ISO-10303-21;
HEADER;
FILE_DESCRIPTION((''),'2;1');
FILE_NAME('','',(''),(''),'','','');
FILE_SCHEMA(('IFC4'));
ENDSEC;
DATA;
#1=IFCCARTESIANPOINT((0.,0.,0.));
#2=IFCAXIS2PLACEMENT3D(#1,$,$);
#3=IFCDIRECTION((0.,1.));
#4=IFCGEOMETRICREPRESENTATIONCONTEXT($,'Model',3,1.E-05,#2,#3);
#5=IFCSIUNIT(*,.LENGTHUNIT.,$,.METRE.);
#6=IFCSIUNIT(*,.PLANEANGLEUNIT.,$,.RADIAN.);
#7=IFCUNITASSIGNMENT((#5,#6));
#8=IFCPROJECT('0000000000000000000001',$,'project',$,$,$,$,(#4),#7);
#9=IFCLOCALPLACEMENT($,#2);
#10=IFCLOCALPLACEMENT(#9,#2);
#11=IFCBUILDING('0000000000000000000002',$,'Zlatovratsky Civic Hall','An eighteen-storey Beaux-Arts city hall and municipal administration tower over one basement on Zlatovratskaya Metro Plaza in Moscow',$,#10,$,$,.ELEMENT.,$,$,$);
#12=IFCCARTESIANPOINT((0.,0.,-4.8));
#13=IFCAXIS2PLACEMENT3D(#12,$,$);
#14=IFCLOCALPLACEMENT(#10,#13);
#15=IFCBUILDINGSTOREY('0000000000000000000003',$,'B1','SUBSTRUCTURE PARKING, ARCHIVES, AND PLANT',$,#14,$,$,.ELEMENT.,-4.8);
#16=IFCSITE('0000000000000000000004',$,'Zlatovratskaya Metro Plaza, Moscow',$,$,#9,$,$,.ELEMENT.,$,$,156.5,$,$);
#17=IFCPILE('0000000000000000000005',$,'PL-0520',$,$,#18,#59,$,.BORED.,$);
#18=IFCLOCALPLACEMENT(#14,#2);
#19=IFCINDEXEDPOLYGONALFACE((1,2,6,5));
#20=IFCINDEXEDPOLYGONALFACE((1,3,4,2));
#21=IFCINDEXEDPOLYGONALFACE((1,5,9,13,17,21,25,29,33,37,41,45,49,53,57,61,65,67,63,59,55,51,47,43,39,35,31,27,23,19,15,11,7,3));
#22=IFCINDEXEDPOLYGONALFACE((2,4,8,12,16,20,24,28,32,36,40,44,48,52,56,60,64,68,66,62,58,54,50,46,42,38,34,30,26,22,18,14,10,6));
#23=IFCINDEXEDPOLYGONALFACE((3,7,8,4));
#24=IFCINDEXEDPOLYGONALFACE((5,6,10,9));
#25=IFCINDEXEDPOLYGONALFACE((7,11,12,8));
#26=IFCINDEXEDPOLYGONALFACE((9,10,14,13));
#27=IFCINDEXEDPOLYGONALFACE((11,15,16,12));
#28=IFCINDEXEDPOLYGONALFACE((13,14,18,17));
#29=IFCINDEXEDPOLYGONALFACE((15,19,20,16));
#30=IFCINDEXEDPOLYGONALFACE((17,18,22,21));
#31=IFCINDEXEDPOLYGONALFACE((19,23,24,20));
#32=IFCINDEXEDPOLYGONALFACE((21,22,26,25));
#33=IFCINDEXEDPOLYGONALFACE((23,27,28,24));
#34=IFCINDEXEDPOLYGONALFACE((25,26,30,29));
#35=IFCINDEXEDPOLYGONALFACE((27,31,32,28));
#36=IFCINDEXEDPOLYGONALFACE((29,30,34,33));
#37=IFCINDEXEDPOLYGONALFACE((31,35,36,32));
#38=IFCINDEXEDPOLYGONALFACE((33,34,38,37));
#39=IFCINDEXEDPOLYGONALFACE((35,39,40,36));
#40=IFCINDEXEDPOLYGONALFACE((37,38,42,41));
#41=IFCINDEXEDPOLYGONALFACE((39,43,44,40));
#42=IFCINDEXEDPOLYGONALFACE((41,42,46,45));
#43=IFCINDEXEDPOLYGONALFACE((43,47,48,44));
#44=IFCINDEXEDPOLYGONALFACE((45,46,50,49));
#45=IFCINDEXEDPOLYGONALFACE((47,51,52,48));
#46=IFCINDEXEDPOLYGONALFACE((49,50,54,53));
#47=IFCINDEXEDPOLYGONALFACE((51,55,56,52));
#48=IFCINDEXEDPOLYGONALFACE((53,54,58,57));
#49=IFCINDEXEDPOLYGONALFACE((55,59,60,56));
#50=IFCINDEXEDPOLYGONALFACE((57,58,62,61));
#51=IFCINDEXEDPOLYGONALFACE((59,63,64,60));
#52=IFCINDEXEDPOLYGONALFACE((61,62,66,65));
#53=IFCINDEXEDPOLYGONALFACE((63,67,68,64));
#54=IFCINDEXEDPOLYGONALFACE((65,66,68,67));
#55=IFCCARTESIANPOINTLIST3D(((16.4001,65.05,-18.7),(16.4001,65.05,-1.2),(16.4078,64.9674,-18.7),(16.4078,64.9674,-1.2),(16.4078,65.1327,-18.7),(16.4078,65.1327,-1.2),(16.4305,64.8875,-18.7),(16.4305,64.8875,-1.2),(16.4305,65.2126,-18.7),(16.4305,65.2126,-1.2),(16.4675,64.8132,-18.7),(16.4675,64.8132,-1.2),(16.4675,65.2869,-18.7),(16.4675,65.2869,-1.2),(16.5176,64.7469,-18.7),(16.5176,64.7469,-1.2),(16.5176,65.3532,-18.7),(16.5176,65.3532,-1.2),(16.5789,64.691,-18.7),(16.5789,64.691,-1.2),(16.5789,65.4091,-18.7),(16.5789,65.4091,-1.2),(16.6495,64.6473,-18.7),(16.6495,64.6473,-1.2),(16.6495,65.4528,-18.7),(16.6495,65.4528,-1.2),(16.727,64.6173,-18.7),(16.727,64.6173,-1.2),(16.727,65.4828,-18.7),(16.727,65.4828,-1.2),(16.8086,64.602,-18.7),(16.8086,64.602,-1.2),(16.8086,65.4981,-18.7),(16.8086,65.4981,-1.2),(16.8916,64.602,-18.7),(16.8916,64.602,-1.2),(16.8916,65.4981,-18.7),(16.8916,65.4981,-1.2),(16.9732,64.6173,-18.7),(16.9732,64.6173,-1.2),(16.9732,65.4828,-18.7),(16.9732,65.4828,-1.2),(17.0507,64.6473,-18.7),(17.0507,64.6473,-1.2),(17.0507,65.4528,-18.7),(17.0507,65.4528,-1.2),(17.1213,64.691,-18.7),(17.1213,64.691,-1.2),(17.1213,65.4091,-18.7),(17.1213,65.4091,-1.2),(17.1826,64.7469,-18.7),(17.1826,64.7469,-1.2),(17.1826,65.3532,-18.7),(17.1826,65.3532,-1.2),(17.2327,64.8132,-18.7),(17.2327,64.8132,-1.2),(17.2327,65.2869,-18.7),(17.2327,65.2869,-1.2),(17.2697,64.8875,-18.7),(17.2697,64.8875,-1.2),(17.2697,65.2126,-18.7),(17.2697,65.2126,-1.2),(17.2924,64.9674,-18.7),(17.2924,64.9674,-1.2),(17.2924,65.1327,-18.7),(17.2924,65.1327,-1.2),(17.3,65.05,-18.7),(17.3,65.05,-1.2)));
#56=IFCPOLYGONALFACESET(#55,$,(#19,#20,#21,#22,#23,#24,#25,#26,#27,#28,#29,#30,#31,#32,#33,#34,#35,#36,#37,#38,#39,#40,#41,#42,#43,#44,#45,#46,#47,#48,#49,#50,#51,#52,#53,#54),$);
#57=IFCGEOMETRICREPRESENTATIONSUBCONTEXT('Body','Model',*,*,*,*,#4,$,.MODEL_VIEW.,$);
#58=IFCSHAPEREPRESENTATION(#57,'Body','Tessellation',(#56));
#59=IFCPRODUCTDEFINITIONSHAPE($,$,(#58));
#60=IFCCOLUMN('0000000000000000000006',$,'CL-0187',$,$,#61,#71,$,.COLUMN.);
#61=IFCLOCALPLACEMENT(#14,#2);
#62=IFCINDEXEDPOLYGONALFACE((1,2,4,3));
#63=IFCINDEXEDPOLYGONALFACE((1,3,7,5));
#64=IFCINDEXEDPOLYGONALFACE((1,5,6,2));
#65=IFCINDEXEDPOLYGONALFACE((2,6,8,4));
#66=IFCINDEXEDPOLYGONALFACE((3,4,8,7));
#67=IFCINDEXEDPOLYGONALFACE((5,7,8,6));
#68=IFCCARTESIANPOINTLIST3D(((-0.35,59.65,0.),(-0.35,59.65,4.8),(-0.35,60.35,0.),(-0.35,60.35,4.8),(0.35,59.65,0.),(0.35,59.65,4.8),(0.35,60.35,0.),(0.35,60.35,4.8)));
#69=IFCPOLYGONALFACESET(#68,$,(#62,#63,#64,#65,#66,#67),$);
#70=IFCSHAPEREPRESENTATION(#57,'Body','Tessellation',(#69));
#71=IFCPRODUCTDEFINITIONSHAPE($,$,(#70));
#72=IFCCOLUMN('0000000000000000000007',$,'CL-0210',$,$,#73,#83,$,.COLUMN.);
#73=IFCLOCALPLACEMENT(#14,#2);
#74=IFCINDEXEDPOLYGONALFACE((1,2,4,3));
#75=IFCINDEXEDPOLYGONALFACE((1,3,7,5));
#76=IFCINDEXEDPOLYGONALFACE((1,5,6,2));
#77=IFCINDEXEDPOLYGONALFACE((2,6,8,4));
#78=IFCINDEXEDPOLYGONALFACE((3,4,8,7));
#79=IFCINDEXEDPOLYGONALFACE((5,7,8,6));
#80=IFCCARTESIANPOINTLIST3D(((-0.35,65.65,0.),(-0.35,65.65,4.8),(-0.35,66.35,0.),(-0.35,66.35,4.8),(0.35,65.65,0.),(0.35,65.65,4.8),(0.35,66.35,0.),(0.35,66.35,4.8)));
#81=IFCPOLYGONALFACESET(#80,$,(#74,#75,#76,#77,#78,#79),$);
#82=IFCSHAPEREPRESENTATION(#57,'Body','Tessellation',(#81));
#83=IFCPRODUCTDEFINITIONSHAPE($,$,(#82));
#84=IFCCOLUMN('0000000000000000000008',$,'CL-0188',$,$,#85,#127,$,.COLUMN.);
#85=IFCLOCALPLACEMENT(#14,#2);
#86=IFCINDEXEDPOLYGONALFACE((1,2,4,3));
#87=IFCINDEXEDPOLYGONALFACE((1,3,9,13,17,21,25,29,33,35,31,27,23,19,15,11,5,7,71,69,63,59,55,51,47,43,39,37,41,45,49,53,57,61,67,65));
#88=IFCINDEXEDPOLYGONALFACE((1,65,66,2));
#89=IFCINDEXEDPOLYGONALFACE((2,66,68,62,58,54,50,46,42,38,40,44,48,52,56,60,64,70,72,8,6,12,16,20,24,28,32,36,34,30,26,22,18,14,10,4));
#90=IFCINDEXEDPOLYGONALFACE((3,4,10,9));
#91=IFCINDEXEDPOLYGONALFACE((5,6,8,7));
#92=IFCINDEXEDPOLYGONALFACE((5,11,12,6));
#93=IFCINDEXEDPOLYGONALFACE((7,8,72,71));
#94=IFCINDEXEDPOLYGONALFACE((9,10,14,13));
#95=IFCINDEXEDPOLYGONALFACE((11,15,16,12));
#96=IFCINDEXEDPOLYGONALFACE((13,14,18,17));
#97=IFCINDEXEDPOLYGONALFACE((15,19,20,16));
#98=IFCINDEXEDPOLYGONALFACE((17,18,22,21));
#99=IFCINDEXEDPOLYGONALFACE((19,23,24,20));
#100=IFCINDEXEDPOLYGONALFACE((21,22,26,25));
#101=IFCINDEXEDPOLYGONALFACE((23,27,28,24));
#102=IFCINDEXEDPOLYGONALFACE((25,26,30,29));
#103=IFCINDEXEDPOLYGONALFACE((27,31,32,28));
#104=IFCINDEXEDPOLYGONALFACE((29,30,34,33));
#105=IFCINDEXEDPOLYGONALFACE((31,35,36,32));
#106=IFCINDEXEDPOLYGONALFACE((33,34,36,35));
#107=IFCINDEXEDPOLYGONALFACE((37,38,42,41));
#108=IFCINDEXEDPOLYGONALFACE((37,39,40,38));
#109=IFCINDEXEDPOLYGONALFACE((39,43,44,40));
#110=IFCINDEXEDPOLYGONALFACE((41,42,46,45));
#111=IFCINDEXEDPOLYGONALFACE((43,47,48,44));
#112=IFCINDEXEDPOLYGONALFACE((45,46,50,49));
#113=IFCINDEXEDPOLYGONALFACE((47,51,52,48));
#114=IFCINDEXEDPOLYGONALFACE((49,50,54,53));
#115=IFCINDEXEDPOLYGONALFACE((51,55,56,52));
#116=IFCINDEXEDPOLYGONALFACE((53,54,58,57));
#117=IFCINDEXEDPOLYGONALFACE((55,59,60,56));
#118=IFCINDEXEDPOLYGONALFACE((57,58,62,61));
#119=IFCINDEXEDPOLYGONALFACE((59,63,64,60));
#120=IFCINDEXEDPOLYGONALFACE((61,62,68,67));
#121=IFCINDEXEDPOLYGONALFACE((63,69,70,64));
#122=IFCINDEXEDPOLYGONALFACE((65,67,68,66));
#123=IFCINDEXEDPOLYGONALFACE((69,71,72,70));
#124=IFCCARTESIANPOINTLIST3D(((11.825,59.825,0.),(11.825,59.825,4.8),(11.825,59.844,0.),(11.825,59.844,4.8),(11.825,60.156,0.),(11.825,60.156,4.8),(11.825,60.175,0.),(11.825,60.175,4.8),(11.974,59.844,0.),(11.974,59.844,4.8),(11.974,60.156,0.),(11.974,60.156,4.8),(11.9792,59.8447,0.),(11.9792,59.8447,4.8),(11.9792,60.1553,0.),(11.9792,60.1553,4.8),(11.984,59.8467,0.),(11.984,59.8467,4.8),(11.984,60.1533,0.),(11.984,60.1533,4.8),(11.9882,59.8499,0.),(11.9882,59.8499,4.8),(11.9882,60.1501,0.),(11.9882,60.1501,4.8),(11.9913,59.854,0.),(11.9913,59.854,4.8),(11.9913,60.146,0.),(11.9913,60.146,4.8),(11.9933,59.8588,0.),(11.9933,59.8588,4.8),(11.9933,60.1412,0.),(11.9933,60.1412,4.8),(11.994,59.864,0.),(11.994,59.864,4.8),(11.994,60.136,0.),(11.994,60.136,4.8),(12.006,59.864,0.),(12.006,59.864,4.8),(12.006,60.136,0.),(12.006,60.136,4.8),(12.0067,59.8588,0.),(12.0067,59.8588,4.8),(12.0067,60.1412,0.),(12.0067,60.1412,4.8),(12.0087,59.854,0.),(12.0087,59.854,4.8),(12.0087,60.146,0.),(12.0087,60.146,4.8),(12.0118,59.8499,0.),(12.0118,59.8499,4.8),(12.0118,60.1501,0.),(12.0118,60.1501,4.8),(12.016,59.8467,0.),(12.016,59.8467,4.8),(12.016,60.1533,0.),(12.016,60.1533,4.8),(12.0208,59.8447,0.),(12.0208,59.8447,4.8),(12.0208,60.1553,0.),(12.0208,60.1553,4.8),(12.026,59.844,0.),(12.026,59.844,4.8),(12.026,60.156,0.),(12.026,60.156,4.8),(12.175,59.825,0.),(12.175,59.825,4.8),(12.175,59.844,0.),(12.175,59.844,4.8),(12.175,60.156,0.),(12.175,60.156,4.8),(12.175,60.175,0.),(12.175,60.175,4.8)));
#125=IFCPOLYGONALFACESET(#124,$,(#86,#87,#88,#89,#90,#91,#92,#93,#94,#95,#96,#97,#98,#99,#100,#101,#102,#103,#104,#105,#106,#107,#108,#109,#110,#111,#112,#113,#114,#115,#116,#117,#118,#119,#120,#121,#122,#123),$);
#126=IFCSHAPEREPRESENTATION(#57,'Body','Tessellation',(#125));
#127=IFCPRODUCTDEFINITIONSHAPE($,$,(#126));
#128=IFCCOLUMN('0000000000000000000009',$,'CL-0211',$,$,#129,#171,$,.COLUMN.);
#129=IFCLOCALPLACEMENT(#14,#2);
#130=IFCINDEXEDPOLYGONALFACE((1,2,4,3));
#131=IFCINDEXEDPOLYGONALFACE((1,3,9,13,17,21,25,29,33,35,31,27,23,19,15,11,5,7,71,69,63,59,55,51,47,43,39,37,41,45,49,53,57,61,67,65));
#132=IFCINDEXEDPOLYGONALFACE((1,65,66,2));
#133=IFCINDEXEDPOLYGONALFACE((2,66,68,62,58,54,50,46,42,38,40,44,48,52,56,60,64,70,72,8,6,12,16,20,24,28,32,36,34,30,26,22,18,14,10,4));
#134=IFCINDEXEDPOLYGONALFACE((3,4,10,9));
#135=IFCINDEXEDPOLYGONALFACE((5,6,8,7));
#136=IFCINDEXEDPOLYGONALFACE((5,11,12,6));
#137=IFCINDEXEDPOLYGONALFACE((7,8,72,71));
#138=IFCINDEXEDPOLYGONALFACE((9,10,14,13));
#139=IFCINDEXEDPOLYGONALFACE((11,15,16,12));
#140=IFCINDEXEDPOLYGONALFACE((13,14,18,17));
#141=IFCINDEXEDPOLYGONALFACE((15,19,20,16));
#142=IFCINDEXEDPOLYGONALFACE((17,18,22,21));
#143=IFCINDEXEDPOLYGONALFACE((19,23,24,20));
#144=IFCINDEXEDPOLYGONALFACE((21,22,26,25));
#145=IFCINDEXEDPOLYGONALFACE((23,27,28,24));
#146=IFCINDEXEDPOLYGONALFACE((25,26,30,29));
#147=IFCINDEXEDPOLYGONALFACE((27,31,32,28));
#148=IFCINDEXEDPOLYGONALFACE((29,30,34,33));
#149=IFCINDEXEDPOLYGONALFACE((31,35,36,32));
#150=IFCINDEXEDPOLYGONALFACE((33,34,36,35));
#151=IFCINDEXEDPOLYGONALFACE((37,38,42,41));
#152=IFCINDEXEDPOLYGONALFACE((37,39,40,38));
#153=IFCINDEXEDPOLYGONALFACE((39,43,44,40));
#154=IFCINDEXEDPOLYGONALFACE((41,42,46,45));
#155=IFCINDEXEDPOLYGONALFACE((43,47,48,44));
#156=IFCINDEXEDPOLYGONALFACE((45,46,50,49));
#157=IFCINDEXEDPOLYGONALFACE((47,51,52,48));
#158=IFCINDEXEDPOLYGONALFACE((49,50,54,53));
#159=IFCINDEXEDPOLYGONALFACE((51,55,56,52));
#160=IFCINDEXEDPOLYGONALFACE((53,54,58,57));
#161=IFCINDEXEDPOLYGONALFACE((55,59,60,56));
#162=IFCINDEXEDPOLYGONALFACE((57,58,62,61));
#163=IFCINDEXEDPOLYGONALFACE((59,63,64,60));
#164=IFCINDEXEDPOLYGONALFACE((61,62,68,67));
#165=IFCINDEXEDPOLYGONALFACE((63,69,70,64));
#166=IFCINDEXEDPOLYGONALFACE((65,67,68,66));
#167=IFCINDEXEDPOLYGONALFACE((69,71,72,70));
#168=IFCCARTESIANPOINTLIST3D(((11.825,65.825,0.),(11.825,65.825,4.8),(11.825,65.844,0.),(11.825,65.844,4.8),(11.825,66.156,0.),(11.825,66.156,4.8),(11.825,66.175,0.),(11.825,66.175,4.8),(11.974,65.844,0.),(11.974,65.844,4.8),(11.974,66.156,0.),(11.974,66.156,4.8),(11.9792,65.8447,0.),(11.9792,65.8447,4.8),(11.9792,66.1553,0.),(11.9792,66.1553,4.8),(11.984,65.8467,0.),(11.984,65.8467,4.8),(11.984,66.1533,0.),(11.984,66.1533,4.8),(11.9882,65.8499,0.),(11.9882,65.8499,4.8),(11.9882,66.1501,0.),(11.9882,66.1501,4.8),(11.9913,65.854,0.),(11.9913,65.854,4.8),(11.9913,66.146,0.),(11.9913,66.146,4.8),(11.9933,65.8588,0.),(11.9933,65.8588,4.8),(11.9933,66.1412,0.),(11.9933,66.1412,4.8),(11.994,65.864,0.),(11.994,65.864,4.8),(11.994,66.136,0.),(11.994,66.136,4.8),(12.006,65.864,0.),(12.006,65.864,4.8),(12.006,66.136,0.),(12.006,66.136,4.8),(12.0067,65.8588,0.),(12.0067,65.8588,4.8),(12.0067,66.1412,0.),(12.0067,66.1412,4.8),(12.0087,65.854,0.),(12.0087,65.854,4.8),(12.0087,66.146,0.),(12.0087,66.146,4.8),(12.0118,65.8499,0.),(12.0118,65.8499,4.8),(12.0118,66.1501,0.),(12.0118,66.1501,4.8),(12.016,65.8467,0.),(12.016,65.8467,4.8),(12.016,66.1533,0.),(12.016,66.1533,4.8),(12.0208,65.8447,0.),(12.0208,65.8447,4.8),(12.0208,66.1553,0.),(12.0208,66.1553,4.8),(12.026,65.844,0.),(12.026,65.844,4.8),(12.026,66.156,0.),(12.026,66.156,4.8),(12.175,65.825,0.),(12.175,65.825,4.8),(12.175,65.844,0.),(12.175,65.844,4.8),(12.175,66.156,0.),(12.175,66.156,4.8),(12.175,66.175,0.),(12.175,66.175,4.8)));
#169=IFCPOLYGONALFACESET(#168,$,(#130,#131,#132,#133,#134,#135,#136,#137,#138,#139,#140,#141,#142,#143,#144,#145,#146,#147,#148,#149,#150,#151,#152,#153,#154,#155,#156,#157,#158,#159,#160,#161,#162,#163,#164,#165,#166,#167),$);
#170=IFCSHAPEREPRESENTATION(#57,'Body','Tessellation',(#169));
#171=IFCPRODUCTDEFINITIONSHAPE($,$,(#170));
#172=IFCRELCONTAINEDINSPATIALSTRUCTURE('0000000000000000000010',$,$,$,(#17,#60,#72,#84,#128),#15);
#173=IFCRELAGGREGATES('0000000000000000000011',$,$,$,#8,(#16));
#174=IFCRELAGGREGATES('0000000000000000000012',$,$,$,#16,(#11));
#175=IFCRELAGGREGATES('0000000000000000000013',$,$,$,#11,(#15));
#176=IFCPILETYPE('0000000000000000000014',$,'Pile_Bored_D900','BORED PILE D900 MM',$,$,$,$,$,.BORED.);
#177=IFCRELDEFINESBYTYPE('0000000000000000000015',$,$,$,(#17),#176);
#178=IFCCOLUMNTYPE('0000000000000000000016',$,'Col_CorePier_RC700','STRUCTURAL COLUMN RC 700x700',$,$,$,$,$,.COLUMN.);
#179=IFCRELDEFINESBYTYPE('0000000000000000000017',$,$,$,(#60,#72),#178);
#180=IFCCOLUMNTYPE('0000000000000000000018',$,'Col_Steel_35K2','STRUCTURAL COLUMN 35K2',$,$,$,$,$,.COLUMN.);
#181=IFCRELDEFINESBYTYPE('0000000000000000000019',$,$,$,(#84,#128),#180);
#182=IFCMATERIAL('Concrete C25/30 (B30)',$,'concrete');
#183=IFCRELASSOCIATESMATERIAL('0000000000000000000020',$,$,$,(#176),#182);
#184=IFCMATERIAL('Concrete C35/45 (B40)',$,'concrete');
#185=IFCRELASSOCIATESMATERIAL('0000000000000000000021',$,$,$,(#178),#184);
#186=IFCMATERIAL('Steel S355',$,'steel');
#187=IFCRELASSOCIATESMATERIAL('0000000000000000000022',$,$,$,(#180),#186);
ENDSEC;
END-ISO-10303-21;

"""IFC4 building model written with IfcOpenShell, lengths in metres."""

from ifc_helpers import new_model, si_unit, direction, frame, origin, origin_2d, place, context, subcontext, project, spatial, rectangle, circle, i_section, extrude, material, material_profile, profile_set, type_object, element, save


model = new_model("IFC4")

# Units and contexts
model_context = context("Model", 3, precision=1e-05, world=origin(), true_north=direction((0.0, 1.0)))
body_context = subcontext(model_context, "Body", "Model", "MODEL_VIEW")
ifc_project = project(units=[si_unit("LENGTHUNIT", "METRE"), si_unit("PLANEANGLEUNIT", "RADIAN")], contexts=[model_context])

# Site, building, storey
site_placement = place(None, origin())
site = spatial("IfcSite", under=ifc_project, at=site_placement, Name="Zlatovratskaya Metro Plaza, Moscow", CompositionType="ELEMENT", RefElevation=156.5)
building_placement = place(site_placement, origin())
building = spatial("IfcBuilding", under=site, at=building_placement, Name="Zlatovratsky Civic Hall", Description="An eighteen-storey Beaux-Arts city hall and municipal administration tower over one basement on Zlatovratskaya Metro Plaza in Moscow", CompositionType="ELEMENT")
storey_placement = place(building_placement, frame((0.0, 0.0, -4.8)))
storey = spatial("IfcBuildingStorey", under=building, at=storey_placement, Name="B1", Description="SUBSTRUCTURE PARKING, ARCHIVES, AND PLANT", CompositionType="ELEMENT", Elevation=-4.8)

# Shared definitions
ifc_material_1 = material(Name="Concrete C25/30 (B30)", Category="concrete")

# Pile
ifc_material_profile_1 = material_profile(ifc_material_1, circle(Radius=0.45, at=origin_2d()), Name="PILE D900")
ifc_profile_set_1 = profile_set([ifc_material_profile_1], Name="Concrete C25/30 (B30)")
pile_type_1 = type_object("IfcPileType", Name="Pile_Bored_D900", Description="BORED PILE D900 MM", PredefinedType="BORED", material=ifc_profile_set_1)
for number, where, z_axis, x_axis, name in (
    (1, (16.8501, 65.05, -1.2), (0.0, 0.0, -1.0), (1.0, 0.0, 0.0), "PL-0520"),
):
    element("IfcPile", number, at=place(storey_placement, frame(where, z_axis=z_axis, x_axis=x_axis)), inside=storey, type_object=pile_type_1, Name=name, PredefinedType="BORED", context=body_context, shape_type="SweptSolid", body=[
        extrude(circle(Radius=0.45, at=origin_2d()), origin(), (0.0, 0.0, 1.0), 17.5),
    ])

# Columns
ifc_material_2 = material(Name="Concrete C35/45 (B40)", Category="concrete")
ifc_material_profile_2 = material_profile(ifc_material_2, rectangle(XDim=0.7, YDim=0.7, at=origin_2d()), Name="RC 700x700")
ifc_profile_set_2 = profile_set([ifc_material_profile_2], Name="Concrete C35/45 (B40)")
column_type_1 = type_object("IfcColumnType", Name="Col_CorePier_RC700", Description="STRUCTURAL COLUMN RC 700x700", PredefinedType="COLUMN", material=ifc_profile_set_2)
for number, where, z_axis, x_axis, name in (
    (2, (0.0, 60.0, 0.0), (0.0, 0.0, 1.0), (1.0, 0.0, 0.0), "CL-0187"),
    (3, (0.0, 66.0, 0.0), (0.0, 0.0, 1.0), (1.0, 0.0, 0.0), "CL-0210"),
):
    element("IfcColumn", number, at=place(storey_placement, frame(where, z_axis=z_axis, x_axis=x_axis)), inside=storey, type_object=column_type_1, Name=name, PredefinedType="COLUMN", context=body_context, shape_type="SweptSolid", body=[
        extrude(rectangle(XDim=0.7, YDim=0.7, at=origin_2d()), origin(), (0.0, 0.0, 1.0), 4.8),
    ])
ifc_material_3 = material(Name="Steel S355", Category="steel")
ifc_material_profile_3 = material_profile(ifc_material_3, i_section(OverallWidth=0.3501, OverallDepth=0.3501, WebThickness=0.012, FlangeThickness=0.019, FilletRadius=0.02, at=origin_2d()), Name="35K2")
ifc_profile_set_3 = profile_set([ifc_material_profile_3], Name="Steel S355")
column_type_2 = type_object("IfcColumnType", Name="Col_Steel_35K2", Description="STRUCTURAL COLUMN 35K2", PredefinedType="COLUMN", material=ifc_profile_set_3)
for number, where, z_axis, x_axis, name in (
    (4, (12.0, 60.0, 0.0), (0.0, 0.0, 1.0), (1.0, 0.0, 0.0), "CL-0188"),
    (5, (12.0, 66.0, 0.0), (0.0, 0.0, 1.0), (1.0, 0.0, 0.0), "CL-0211"),
):
    element("IfcColumn", number, at=place(storey_placement, frame(where, z_axis=z_axis, x_axis=x_axis)), inside=storey, type_object=column_type_2, Name=name, PredefinedType="COLUMN", context=body_context, shape_type="SweptSolid", body=[
        extrude(i_section(OverallWidth=0.3501, OverallDepth=0.3501, WebThickness=0.012, FlangeThickness=0.019, FilletRadius=0.02, at=origin_2d()), origin(), (0.0, 0.0, 1.0), 4.8),
    ])

save(model, "model.ifc")
